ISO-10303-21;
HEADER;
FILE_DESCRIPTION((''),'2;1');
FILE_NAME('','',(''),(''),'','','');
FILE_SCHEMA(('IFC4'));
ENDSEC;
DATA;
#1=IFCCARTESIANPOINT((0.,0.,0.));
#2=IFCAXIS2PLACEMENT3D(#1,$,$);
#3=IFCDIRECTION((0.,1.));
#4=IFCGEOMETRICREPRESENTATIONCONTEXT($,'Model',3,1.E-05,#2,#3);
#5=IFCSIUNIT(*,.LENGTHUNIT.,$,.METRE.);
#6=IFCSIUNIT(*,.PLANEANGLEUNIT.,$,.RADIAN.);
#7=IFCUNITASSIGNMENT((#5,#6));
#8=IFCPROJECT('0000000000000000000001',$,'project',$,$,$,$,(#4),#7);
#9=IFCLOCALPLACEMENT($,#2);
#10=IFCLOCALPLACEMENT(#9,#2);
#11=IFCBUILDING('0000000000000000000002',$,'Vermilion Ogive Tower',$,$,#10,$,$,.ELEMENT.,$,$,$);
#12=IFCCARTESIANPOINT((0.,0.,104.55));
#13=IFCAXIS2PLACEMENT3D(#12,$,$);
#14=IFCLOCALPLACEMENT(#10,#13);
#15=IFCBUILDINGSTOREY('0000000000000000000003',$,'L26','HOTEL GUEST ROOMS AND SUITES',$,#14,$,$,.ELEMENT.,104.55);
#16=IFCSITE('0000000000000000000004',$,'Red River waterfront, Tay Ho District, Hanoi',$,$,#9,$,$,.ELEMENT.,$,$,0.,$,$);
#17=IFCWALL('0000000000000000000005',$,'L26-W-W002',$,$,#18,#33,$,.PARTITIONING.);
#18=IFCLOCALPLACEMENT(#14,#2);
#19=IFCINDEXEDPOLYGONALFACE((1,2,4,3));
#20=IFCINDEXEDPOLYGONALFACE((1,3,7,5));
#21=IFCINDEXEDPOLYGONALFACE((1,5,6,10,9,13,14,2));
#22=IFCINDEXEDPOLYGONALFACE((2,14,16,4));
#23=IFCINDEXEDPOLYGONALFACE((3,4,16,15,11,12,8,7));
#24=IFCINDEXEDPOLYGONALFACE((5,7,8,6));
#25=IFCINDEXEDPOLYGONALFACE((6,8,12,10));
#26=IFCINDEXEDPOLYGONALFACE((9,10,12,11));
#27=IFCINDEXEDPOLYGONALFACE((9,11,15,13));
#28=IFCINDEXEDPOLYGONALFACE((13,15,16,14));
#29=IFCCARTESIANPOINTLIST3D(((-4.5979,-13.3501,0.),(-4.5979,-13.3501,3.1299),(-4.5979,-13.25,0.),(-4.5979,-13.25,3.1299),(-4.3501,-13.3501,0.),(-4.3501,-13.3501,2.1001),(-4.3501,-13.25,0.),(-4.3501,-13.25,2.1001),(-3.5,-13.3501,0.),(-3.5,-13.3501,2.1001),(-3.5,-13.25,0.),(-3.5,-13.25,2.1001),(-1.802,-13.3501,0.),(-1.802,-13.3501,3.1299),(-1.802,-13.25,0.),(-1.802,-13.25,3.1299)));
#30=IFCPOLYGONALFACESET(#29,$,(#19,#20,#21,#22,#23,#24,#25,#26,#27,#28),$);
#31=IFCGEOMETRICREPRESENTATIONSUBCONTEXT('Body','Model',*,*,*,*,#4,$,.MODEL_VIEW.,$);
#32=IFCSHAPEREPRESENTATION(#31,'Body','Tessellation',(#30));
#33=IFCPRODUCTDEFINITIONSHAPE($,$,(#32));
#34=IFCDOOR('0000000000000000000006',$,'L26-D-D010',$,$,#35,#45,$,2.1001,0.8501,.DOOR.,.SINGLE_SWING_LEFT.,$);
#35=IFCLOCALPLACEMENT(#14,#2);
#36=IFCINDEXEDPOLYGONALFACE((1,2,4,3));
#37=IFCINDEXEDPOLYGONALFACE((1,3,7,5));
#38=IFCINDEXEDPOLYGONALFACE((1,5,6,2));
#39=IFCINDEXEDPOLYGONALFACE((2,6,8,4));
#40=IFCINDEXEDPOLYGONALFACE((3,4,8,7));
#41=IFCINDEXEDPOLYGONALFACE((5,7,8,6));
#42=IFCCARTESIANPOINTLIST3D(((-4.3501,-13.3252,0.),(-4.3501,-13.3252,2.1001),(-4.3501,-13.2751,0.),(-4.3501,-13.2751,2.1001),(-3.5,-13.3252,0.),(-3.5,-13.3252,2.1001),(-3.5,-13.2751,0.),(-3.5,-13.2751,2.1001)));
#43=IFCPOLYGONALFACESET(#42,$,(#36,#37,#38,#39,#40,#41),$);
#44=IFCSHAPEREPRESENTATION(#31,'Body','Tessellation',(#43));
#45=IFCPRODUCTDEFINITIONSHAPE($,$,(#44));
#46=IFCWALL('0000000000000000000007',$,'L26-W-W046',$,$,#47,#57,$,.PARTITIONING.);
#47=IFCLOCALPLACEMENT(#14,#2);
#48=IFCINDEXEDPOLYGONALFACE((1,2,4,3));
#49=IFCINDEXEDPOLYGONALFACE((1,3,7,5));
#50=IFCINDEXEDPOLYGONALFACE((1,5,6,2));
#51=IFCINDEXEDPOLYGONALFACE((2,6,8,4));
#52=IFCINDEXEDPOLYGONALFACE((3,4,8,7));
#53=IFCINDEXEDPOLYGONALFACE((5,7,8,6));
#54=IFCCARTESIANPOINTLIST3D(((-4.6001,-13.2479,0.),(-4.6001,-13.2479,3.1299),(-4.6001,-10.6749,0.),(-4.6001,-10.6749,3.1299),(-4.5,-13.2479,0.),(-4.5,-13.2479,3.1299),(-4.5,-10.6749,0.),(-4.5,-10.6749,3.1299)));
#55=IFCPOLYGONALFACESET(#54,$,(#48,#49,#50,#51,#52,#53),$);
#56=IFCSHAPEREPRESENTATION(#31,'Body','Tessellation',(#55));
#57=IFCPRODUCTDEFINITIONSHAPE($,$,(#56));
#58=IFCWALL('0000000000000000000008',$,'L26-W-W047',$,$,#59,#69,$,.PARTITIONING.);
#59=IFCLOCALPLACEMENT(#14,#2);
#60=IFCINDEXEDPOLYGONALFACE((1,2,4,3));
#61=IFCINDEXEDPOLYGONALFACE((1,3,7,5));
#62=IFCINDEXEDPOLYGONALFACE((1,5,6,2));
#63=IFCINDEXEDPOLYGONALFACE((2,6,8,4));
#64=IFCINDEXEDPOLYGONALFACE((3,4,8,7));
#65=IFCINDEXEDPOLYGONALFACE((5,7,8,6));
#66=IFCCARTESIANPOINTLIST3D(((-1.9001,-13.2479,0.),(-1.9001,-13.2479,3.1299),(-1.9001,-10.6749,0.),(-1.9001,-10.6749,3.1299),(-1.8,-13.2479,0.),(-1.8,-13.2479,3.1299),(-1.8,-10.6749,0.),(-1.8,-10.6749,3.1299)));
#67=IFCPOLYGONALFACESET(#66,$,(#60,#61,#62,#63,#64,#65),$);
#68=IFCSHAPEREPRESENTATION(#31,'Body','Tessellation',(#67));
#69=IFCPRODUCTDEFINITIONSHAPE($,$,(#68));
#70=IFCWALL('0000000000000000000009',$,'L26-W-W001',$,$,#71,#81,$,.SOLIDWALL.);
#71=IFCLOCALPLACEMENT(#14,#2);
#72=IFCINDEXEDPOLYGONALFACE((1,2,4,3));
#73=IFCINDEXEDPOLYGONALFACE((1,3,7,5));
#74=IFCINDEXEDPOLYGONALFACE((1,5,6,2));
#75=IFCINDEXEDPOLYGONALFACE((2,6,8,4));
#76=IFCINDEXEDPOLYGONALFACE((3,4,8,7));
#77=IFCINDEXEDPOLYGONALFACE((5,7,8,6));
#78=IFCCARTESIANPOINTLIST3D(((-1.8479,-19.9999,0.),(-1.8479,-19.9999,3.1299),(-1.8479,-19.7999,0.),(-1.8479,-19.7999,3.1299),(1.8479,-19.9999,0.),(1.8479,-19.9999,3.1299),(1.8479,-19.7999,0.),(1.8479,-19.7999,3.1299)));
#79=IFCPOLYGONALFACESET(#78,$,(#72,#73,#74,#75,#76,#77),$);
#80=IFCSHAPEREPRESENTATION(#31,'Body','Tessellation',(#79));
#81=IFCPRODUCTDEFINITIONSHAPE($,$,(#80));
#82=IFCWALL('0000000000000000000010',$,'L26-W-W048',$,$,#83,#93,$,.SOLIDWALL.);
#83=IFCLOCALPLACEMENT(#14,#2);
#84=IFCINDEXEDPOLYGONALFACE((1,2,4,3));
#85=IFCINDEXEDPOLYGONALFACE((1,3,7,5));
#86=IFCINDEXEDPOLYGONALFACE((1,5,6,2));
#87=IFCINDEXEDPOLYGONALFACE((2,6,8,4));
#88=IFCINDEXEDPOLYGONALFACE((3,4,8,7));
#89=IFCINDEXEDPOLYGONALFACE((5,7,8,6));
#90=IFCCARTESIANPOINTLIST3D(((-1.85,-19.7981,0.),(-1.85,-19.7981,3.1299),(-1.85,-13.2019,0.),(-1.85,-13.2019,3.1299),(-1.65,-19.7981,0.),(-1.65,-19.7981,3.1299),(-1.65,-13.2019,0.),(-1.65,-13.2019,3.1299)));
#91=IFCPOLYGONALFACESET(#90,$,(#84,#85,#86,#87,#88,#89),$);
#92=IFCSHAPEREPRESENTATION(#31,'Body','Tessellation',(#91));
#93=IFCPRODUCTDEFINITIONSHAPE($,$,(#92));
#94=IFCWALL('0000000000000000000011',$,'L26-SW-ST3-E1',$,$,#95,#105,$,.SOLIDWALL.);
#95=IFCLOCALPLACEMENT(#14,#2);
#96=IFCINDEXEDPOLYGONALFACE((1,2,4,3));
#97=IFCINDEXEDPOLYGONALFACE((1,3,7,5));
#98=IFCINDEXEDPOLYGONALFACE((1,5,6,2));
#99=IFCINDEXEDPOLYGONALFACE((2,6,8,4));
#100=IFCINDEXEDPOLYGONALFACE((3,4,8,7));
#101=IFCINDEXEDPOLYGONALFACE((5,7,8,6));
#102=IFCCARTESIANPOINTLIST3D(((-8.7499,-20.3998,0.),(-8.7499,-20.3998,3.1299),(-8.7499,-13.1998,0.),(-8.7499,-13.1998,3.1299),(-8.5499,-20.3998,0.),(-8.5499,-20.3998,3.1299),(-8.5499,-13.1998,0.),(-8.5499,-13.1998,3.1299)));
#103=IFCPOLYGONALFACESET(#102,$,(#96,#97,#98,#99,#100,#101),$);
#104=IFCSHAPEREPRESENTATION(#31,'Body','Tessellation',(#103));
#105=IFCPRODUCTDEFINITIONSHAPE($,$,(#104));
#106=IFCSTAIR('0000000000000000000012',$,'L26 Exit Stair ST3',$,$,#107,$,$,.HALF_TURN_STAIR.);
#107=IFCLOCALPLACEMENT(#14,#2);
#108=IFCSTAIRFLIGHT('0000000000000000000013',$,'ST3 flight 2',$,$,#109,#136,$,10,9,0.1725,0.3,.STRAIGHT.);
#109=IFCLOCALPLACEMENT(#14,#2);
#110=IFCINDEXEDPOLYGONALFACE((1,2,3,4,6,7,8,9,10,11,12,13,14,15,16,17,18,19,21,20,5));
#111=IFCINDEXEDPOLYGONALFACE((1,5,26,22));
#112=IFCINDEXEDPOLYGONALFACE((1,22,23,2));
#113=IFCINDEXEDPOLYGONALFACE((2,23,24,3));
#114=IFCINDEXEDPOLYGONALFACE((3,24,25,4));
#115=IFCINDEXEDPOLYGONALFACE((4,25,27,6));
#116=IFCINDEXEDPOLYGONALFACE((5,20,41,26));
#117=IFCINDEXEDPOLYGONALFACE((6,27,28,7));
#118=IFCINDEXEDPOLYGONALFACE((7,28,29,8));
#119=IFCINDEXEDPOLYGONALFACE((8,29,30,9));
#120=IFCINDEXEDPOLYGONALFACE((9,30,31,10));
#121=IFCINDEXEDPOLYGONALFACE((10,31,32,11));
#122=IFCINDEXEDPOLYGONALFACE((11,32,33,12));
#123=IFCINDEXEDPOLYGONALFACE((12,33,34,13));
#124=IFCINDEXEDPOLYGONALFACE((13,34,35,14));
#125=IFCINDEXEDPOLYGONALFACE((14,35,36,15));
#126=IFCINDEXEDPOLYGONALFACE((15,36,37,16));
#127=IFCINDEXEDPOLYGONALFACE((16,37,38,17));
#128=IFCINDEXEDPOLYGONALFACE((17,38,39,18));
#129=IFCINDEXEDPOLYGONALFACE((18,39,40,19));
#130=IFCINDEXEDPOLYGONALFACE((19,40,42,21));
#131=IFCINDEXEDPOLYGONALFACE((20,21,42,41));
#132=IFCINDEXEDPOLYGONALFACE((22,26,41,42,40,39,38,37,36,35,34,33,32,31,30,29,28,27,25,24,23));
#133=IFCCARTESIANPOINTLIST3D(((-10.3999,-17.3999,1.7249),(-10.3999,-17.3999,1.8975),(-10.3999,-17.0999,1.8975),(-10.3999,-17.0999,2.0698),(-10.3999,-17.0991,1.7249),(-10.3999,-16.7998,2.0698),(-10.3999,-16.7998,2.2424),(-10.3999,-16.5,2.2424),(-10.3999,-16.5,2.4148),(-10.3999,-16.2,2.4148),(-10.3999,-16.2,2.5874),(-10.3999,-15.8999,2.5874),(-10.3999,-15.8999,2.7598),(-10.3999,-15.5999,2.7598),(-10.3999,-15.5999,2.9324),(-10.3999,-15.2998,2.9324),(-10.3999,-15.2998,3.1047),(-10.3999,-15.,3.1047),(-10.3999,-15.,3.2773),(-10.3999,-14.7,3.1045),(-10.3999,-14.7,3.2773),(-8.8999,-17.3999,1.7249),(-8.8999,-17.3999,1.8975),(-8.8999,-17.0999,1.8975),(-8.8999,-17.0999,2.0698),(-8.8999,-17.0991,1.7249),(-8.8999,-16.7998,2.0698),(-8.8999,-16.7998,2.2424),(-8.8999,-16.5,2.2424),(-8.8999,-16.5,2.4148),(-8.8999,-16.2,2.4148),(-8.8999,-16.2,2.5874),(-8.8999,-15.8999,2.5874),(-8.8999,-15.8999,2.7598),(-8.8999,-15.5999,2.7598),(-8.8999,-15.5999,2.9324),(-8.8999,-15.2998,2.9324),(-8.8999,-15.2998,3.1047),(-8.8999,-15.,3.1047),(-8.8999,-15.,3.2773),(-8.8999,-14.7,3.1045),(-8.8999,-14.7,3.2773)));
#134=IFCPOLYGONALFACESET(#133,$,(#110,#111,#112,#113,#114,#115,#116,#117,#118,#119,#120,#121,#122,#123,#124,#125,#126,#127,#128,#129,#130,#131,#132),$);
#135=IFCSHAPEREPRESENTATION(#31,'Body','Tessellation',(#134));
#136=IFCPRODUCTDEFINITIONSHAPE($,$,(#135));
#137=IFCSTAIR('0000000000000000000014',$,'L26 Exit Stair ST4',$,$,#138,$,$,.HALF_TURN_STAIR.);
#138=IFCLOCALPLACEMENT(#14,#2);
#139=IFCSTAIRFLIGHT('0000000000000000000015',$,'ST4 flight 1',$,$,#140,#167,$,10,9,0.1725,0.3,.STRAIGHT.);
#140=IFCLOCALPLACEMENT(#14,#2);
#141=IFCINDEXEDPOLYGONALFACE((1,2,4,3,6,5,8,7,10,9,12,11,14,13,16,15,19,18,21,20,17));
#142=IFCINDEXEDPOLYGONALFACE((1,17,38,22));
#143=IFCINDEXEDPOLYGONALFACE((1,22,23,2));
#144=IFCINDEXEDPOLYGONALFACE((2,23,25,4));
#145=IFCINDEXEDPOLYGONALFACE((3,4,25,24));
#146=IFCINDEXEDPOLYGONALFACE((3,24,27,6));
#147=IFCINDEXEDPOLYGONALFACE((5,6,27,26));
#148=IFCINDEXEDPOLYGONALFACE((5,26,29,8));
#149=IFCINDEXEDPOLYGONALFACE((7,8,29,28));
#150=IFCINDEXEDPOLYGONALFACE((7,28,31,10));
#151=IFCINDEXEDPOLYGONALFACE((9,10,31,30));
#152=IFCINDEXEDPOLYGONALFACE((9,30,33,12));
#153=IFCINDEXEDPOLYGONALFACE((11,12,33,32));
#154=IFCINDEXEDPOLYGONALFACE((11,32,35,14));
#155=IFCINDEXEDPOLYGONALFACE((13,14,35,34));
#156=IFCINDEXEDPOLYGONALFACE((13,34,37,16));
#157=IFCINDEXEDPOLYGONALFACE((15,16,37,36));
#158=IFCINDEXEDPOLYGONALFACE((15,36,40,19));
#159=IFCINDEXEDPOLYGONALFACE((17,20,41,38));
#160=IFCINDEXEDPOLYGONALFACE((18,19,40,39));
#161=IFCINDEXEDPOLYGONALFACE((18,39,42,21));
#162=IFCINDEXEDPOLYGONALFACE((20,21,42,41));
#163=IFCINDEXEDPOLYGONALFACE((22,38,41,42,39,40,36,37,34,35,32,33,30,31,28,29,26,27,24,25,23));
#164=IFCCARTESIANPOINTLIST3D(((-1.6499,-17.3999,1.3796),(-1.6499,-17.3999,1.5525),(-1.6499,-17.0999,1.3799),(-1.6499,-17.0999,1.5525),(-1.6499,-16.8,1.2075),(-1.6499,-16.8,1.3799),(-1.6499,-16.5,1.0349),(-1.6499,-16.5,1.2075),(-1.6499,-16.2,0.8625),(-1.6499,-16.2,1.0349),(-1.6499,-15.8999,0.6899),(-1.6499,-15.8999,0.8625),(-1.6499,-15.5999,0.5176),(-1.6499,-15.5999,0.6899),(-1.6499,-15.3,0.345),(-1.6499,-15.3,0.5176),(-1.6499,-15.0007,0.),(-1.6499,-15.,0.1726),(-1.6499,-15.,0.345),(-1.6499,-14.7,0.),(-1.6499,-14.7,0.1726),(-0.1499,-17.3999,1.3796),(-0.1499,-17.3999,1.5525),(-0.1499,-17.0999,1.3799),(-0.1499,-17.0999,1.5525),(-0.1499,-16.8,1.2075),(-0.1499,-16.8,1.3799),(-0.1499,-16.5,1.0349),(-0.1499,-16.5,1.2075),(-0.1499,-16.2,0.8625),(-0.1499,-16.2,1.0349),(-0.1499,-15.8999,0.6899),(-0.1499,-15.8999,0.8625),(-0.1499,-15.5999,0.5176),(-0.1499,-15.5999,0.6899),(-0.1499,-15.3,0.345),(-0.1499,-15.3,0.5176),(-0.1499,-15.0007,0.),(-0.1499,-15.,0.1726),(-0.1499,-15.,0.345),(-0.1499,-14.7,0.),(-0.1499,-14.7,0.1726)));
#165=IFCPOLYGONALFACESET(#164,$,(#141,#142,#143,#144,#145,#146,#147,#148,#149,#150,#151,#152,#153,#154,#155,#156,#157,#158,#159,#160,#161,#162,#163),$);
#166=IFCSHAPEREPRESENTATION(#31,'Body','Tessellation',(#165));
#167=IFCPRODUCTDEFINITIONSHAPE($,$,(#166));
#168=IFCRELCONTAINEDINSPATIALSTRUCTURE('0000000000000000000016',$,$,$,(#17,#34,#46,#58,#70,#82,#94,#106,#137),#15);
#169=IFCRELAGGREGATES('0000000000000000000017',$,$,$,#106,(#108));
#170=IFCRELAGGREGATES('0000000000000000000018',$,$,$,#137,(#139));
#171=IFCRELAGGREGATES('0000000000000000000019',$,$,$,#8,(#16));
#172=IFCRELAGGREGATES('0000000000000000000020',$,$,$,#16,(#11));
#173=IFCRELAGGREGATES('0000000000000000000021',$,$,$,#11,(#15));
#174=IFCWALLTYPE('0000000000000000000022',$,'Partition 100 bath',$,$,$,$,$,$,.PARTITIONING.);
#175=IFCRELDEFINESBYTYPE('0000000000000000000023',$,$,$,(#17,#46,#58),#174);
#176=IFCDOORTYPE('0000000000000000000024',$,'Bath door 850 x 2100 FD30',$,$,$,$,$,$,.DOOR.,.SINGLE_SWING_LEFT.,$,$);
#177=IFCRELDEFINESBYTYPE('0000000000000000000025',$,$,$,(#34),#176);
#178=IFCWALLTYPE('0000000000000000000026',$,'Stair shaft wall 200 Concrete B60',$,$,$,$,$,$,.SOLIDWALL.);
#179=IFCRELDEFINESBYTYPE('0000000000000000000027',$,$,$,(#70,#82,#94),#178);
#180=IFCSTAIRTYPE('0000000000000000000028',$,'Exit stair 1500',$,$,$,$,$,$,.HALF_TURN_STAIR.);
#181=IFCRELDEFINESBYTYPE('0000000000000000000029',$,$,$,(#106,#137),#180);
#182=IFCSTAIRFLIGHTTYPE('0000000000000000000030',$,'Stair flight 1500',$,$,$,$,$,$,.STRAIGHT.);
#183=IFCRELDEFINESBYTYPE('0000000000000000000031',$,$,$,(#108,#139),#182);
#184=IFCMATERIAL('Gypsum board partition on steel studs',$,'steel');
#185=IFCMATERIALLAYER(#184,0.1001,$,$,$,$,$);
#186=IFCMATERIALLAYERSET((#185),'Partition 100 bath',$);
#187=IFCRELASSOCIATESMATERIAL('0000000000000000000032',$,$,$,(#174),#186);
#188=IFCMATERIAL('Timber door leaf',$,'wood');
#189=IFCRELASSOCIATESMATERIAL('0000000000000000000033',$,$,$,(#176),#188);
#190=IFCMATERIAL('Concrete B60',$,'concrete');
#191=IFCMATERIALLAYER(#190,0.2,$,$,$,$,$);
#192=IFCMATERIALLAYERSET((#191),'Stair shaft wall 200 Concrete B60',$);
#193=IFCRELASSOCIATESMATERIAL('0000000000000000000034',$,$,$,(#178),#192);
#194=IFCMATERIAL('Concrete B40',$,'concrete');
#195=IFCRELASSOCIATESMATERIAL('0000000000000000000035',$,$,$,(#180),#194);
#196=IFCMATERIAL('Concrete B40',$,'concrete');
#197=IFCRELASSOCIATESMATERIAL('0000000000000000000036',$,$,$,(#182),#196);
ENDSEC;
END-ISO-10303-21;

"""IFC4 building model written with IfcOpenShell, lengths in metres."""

from ifc_helpers import new_model, si_unit, direction, frame, frame_2d, origin, place, context, subcontext, project, spatial, polyline, rectangle, outline, extrude, material, layer, layer_set, type_object, element, fill, aggregate, save


model = new_model("IFC4")

# Units and contexts
model_context = context("Model", 3, precision=1e-05, world=origin(), true_north=direction((0.0, 1.0)))
body_context = subcontext(model_context, "Body", "Model", "MODEL_VIEW")
ifc_project = project(units=[si_unit("LENGTHUNIT", "METRE"), si_unit("PLANEANGLEUNIT", "RADIAN")], contexts=[model_context])

# Site, building, storey
site_placement = place(None, origin())
site = spatial("IfcSite", under=ifc_project, at=site_placement, Name="Red River waterfront, Tay Ho District, Hanoi", CompositionType="ELEMENT", RefElevation=0.0)
building_placement = place(site_placement, origin())
building = spatial("IfcBuilding", under=site, at=building_placement, Name="Vermilion Ogive Tower", CompositionType="ELEMENT")
storey_placement = place(building_placement, frame((0.0, 0.0, 104.55)))
storey = spatial("IfcBuildingStorey", under=building, at=storey_placement, Name="L26", Description="HOTEL GUEST ROOMS AND SUITES", CompositionType="ELEMENT", Elevation=104.55)

# Wall, opening, door
ifc_material_1 = material(Name="Gypsum board partition on steel studs", Category="steel")
ifc_layer_1 = layer(ifc_material_1, 0.1001)
ifc_layer_set_1 = layer_set([ifc_layer_1], Name="Partition 100 bath")
wall_type_1 = type_object("IfcWallType", Name="Partition 100 bath", PredefinedType="PARTITIONING", material=ifc_layer_set_1)
wall_1_placement = place(storey_placement, frame((-4.5979, -13.3, 0.0), z_axis=(0.0, 0.0, 1.0), x_axis=(1.0, 0.0, 0.0)))
wall_1 = element("IfcWall", 1, at=wall_1_placement, inside=storey, type_object=wall_type_1, Name="L26-W-W002", PredefinedType="PARTITIONING", context=body_context, shape_type="SweptSolid", body=[
    extrude(rectangle(XDim=2.7959, YDim=0.1001, at=frame_2d((1.3979, 0.0))), origin(), (0.0, 0.0, 1.0), 3.1299),
])
opening_placement = place(wall_1_placement, frame((0.2478, 0.0, 0.0)))
opening = element("IfcOpeningElement", 2, at=opening_placement, cuts=wall_1, PredefinedType="OPENING", context=body_context, shape_type="SweptSolid", body=[
    extrude(rectangle(XDim=0.8501, YDim=2.1001, at=frame_2d((0.425, 1.05))), frame((0.0, 0.0601, 0.0), z_axis=(0.0, -1.0, 0.0), x_axis=(1.0, 0.0, 0.0)), (0.0, 0.0, 1.0), 0.1201),
])
ifc_material_2 = material(Name="Timber door leaf", Category="wood")
door_type = type_object("IfcDoorType", Name="Bath door 850 x 2100 FD30", OperationType="SINGLE_SWING_LEFT", PredefinedType="DOOR", material=ifc_material_2)
door_placement = place(opening_placement, origin())
door = element("IfcDoor", 3, at=door_placement, inside=storey, type_object=door_type, Name="L26-D-D010", OperationType="SINGLE_SWING_LEFT", OverallHeight=2.1001, OverallWidth=0.8501, PredefinedType="DOOR", context=body_context, shape_type="SweptSolid", body=[
    extrude(rectangle(XDim=0.8501, YDim=2.1001, at=frame_2d((0.425, 1.05))), frame((0.0, 0.0249, 0.0), z_axis=(0.0, -1.0, 0.0), x_axis=(1.0, 0.0, 0.0)), (0.0, 0.0, 1.0), 0.05),
])
fill(opening, door)

# Walls
for number, where, z_axis, x_axis, name in (
    (4, (-4.55, -13.248, 0.0), (0.0, 0.0, 1.0), (0.0, 1.0, 0.0), "L26-W-W046"),
    (5, (-1.8501, -13.248, 0.0), (0.0, 0.0, 1.0), (0.0, 1.0, 0.0), "L26-W-W047"),
):
    element("IfcWall", number, at=place(storey_placement, frame(where, z_axis=z_axis, x_axis=x_axis)), inside=storey, type_object=wall_type_1, Name=name, PredefinedType="PARTITIONING", context=body_context, shape_type="SweptSolid", body=[
        extrude(rectangle(XDim=2.573, YDim=0.1001, at=frame_2d((1.2866, 0.0))), origin(), (0.0, 0.0, 1.0), 3.1299),
    ])
ifc_material_3 = material(Name="Concrete B60", Category="concrete")
ifc_layer_2 = layer(ifc_material_3, 0.2)
ifc_layer_set_2 = layer_set([ifc_layer_2], Name="Stair shaft wall 200 Concrete B60")
wall_type_2 = type_object("IfcWallType", Name="Stair shaft wall 200 Concrete B60", PredefinedType="SOLIDWALL", material=ifc_layer_set_2)
wall_2_placement = place(storey_placement, frame((-1.8479, -19.8999, 0.0), z_axis=(0.0, 0.0, 1.0), x_axis=(1.0, 0.0, 0.0)))
element("IfcWall", 6, at=wall_2_placement, inside=storey, type_object=wall_type_2, Name="L26-W-W001", PredefinedType="SOLIDWALL", context=body_context, shape_type="SweptSolid", body=[
    extrude(rectangle(XDim=3.6958, YDim=0.2, at=frame_2d((1.8479, 0.0))), origin(), (0.0, 0.0, 1.0), 3.1299),
])
wall_3_placement = place(storey_placement, frame((-1.75, -19.7981, 0.0), z_axis=(0.0, 0.0, 1.0), x_axis=(0.0, 1.0, 0.0)))
element("IfcWall", 7, at=wall_3_placement, inside=storey, type_object=wall_type_2, Name="L26-W-W048", PredefinedType="SOLIDWALL", context=body_context, shape_type="SweptSolid", body=[
    extrude(rectangle(XDim=6.5962, YDim=0.2, at=frame_2d((3.2981, 0.0))), origin(), (0.0, 0.0, 1.0), 3.1299),
])
wall_4_placement = place(storey_placement, frame((-8.6499, -20.3999, 0.0), z_axis=(0.0, 0.0, 1.0), x_axis=(0.0, 1.0, 0.0)))
element("IfcWall", 8, at=wall_4_placement, inside=storey, type_object=wall_type_2, Name="L26-SW-ST3-E1", PredefinedType="SOLIDWALL", context=body_context, shape_type="SweptSolid", body=[
    extrude(rectangle(XDim=7.2, YDim=0.2, at=frame_2d((3.6001, 0.0))), origin(), (0.0, 0.0, 1.0), 3.1299),
])

# Stairs, stair flights
ifc_material_4 = material(Name="Concrete B40", Category="concrete")
stair_type = type_object("IfcStairType", Name="Exit stair 1500", PredefinedType="HALF_TURN_STAIR", material=ifc_material_4)
stair_1_placement = place(storey_placement, origin())
stair_1 = element("IfcStair", 9, at=stair_1_placement, inside=storey, type_object=stair_type, Name="L26 Exit Stair ST3", PredefinedType="HALF_TURN_STAIR")
ifc_material_5 = material(Name="Concrete B40", Category="concrete")
stair_flight_type = type_object("IfcStairFlightType", Name="Stair flight 1500", PredefinedType="STRAIGHT", material=ifc_material_5)
stair_flight_1_placement = place(storey_placement, frame((-9.6499, -17.3999, 1.7249), z_axis=(0.0, 0.0, 1.0), x_axis=(0.0, 1.0, 0.0)))
stair_flight_1 = element("IfcStairFlight", 10, at=stair_flight_1_placement, type_object=stair_flight_type, Name="ST3 flight 2", NumberOfRisers=10, NumberOfTreads=9, PredefinedType="STRAIGHT", RiserHeight=0.1725, TreadLength=0.3, context=body_context, shape_type="SweptSolid", body=[
    extrude(outline(polyline([(0.0, 0.0), (0.0, 0.1726), (0.3, 0.1726), (0.3, 0.345), (0.6001, 0.345), (0.6001, 0.5176), (0.8999, 0.5176), (0.8999, 0.6899), (1.2, 0.6899), (1.2, 0.8625), (1.5, 0.8625), (1.5, 1.0349), (1.8, 1.0349), (1.8, 1.2075), (2.1001, 1.2075), (2.1001, 1.3799), (2.3999, 1.3799), (2.3999, 1.5525), (2.7, 1.5525), (2.7, 1.7251), (2.7, 1.3796), (0.3008, 0.0), (0.0, 0.0)])), frame((0.0, 0.75, 0.0), z_axis=(0.0, -1.0, 0.0), x_axis=(1.0, 0.0, 0.0)), (0.0, 0.0, 1.0), 1.5),
])
aggregate(stair_1, [stair_flight_1])
stair_2_placement = place(storey_placement, origin())
stair_2 = element("IfcStair", 11, at=stair_2_placement, inside=storey, type_object=stair_type, Name="L26 Exit Stair ST4", PredefinedType="HALF_TURN_STAIR")
stair_flight_2_placement = place(storey_placement, frame((-0.8999, -14.7, 0.0), z_axis=(0.0, 0.0, 1.0), x_axis=(0.0, -1.0, 0.0)))
stair_flight_2 = element("IfcStairFlight", 12, at=stair_flight_2_placement, type_object=stair_flight_type, Name="ST4 flight 1", NumberOfRisers=10, NumberOfTreads=9, PredefinedType="STRAIGHT", RiserHeight=0.1725, TreadLength=0.3, context=body_context, shape_type="SweptSolid", body=[
    extrude(outline(polyline([(0.0, 0.0), (0.0, 0.1726), (0.3, 0.1726), (0.3, 0.345), (0.6001, 0.345), (0.6001, 0.5176), (0.8999, 0.5176), (0.8999, 0.6899), (1.2, 0.6899), (1.2, 0.8625), (1.5, 0.8625), (1.5, 1.0349), (1.8, 1.0349), (1.8, 1.2075), (2.1001, 1.2075), (2.1001, 1.3799), (2.3999, 1.3799), (2.3999, 1.5525), (2.7, 1.5525), (2.7, 1.7251), (2.7, 1.3796), (0.3008, 0.0), (0.0, 0.0)])), frame((0.0, 0.75, 0.0), z_axis=(0.0, -1.0, 0.0), x_axis=(1.0, 0.0, 0.0)), (0.0, 0.0, 1.0), 1.5),
])
aggregate(stair_2, [stair_flight_2])

save(model, "model.ifc")
